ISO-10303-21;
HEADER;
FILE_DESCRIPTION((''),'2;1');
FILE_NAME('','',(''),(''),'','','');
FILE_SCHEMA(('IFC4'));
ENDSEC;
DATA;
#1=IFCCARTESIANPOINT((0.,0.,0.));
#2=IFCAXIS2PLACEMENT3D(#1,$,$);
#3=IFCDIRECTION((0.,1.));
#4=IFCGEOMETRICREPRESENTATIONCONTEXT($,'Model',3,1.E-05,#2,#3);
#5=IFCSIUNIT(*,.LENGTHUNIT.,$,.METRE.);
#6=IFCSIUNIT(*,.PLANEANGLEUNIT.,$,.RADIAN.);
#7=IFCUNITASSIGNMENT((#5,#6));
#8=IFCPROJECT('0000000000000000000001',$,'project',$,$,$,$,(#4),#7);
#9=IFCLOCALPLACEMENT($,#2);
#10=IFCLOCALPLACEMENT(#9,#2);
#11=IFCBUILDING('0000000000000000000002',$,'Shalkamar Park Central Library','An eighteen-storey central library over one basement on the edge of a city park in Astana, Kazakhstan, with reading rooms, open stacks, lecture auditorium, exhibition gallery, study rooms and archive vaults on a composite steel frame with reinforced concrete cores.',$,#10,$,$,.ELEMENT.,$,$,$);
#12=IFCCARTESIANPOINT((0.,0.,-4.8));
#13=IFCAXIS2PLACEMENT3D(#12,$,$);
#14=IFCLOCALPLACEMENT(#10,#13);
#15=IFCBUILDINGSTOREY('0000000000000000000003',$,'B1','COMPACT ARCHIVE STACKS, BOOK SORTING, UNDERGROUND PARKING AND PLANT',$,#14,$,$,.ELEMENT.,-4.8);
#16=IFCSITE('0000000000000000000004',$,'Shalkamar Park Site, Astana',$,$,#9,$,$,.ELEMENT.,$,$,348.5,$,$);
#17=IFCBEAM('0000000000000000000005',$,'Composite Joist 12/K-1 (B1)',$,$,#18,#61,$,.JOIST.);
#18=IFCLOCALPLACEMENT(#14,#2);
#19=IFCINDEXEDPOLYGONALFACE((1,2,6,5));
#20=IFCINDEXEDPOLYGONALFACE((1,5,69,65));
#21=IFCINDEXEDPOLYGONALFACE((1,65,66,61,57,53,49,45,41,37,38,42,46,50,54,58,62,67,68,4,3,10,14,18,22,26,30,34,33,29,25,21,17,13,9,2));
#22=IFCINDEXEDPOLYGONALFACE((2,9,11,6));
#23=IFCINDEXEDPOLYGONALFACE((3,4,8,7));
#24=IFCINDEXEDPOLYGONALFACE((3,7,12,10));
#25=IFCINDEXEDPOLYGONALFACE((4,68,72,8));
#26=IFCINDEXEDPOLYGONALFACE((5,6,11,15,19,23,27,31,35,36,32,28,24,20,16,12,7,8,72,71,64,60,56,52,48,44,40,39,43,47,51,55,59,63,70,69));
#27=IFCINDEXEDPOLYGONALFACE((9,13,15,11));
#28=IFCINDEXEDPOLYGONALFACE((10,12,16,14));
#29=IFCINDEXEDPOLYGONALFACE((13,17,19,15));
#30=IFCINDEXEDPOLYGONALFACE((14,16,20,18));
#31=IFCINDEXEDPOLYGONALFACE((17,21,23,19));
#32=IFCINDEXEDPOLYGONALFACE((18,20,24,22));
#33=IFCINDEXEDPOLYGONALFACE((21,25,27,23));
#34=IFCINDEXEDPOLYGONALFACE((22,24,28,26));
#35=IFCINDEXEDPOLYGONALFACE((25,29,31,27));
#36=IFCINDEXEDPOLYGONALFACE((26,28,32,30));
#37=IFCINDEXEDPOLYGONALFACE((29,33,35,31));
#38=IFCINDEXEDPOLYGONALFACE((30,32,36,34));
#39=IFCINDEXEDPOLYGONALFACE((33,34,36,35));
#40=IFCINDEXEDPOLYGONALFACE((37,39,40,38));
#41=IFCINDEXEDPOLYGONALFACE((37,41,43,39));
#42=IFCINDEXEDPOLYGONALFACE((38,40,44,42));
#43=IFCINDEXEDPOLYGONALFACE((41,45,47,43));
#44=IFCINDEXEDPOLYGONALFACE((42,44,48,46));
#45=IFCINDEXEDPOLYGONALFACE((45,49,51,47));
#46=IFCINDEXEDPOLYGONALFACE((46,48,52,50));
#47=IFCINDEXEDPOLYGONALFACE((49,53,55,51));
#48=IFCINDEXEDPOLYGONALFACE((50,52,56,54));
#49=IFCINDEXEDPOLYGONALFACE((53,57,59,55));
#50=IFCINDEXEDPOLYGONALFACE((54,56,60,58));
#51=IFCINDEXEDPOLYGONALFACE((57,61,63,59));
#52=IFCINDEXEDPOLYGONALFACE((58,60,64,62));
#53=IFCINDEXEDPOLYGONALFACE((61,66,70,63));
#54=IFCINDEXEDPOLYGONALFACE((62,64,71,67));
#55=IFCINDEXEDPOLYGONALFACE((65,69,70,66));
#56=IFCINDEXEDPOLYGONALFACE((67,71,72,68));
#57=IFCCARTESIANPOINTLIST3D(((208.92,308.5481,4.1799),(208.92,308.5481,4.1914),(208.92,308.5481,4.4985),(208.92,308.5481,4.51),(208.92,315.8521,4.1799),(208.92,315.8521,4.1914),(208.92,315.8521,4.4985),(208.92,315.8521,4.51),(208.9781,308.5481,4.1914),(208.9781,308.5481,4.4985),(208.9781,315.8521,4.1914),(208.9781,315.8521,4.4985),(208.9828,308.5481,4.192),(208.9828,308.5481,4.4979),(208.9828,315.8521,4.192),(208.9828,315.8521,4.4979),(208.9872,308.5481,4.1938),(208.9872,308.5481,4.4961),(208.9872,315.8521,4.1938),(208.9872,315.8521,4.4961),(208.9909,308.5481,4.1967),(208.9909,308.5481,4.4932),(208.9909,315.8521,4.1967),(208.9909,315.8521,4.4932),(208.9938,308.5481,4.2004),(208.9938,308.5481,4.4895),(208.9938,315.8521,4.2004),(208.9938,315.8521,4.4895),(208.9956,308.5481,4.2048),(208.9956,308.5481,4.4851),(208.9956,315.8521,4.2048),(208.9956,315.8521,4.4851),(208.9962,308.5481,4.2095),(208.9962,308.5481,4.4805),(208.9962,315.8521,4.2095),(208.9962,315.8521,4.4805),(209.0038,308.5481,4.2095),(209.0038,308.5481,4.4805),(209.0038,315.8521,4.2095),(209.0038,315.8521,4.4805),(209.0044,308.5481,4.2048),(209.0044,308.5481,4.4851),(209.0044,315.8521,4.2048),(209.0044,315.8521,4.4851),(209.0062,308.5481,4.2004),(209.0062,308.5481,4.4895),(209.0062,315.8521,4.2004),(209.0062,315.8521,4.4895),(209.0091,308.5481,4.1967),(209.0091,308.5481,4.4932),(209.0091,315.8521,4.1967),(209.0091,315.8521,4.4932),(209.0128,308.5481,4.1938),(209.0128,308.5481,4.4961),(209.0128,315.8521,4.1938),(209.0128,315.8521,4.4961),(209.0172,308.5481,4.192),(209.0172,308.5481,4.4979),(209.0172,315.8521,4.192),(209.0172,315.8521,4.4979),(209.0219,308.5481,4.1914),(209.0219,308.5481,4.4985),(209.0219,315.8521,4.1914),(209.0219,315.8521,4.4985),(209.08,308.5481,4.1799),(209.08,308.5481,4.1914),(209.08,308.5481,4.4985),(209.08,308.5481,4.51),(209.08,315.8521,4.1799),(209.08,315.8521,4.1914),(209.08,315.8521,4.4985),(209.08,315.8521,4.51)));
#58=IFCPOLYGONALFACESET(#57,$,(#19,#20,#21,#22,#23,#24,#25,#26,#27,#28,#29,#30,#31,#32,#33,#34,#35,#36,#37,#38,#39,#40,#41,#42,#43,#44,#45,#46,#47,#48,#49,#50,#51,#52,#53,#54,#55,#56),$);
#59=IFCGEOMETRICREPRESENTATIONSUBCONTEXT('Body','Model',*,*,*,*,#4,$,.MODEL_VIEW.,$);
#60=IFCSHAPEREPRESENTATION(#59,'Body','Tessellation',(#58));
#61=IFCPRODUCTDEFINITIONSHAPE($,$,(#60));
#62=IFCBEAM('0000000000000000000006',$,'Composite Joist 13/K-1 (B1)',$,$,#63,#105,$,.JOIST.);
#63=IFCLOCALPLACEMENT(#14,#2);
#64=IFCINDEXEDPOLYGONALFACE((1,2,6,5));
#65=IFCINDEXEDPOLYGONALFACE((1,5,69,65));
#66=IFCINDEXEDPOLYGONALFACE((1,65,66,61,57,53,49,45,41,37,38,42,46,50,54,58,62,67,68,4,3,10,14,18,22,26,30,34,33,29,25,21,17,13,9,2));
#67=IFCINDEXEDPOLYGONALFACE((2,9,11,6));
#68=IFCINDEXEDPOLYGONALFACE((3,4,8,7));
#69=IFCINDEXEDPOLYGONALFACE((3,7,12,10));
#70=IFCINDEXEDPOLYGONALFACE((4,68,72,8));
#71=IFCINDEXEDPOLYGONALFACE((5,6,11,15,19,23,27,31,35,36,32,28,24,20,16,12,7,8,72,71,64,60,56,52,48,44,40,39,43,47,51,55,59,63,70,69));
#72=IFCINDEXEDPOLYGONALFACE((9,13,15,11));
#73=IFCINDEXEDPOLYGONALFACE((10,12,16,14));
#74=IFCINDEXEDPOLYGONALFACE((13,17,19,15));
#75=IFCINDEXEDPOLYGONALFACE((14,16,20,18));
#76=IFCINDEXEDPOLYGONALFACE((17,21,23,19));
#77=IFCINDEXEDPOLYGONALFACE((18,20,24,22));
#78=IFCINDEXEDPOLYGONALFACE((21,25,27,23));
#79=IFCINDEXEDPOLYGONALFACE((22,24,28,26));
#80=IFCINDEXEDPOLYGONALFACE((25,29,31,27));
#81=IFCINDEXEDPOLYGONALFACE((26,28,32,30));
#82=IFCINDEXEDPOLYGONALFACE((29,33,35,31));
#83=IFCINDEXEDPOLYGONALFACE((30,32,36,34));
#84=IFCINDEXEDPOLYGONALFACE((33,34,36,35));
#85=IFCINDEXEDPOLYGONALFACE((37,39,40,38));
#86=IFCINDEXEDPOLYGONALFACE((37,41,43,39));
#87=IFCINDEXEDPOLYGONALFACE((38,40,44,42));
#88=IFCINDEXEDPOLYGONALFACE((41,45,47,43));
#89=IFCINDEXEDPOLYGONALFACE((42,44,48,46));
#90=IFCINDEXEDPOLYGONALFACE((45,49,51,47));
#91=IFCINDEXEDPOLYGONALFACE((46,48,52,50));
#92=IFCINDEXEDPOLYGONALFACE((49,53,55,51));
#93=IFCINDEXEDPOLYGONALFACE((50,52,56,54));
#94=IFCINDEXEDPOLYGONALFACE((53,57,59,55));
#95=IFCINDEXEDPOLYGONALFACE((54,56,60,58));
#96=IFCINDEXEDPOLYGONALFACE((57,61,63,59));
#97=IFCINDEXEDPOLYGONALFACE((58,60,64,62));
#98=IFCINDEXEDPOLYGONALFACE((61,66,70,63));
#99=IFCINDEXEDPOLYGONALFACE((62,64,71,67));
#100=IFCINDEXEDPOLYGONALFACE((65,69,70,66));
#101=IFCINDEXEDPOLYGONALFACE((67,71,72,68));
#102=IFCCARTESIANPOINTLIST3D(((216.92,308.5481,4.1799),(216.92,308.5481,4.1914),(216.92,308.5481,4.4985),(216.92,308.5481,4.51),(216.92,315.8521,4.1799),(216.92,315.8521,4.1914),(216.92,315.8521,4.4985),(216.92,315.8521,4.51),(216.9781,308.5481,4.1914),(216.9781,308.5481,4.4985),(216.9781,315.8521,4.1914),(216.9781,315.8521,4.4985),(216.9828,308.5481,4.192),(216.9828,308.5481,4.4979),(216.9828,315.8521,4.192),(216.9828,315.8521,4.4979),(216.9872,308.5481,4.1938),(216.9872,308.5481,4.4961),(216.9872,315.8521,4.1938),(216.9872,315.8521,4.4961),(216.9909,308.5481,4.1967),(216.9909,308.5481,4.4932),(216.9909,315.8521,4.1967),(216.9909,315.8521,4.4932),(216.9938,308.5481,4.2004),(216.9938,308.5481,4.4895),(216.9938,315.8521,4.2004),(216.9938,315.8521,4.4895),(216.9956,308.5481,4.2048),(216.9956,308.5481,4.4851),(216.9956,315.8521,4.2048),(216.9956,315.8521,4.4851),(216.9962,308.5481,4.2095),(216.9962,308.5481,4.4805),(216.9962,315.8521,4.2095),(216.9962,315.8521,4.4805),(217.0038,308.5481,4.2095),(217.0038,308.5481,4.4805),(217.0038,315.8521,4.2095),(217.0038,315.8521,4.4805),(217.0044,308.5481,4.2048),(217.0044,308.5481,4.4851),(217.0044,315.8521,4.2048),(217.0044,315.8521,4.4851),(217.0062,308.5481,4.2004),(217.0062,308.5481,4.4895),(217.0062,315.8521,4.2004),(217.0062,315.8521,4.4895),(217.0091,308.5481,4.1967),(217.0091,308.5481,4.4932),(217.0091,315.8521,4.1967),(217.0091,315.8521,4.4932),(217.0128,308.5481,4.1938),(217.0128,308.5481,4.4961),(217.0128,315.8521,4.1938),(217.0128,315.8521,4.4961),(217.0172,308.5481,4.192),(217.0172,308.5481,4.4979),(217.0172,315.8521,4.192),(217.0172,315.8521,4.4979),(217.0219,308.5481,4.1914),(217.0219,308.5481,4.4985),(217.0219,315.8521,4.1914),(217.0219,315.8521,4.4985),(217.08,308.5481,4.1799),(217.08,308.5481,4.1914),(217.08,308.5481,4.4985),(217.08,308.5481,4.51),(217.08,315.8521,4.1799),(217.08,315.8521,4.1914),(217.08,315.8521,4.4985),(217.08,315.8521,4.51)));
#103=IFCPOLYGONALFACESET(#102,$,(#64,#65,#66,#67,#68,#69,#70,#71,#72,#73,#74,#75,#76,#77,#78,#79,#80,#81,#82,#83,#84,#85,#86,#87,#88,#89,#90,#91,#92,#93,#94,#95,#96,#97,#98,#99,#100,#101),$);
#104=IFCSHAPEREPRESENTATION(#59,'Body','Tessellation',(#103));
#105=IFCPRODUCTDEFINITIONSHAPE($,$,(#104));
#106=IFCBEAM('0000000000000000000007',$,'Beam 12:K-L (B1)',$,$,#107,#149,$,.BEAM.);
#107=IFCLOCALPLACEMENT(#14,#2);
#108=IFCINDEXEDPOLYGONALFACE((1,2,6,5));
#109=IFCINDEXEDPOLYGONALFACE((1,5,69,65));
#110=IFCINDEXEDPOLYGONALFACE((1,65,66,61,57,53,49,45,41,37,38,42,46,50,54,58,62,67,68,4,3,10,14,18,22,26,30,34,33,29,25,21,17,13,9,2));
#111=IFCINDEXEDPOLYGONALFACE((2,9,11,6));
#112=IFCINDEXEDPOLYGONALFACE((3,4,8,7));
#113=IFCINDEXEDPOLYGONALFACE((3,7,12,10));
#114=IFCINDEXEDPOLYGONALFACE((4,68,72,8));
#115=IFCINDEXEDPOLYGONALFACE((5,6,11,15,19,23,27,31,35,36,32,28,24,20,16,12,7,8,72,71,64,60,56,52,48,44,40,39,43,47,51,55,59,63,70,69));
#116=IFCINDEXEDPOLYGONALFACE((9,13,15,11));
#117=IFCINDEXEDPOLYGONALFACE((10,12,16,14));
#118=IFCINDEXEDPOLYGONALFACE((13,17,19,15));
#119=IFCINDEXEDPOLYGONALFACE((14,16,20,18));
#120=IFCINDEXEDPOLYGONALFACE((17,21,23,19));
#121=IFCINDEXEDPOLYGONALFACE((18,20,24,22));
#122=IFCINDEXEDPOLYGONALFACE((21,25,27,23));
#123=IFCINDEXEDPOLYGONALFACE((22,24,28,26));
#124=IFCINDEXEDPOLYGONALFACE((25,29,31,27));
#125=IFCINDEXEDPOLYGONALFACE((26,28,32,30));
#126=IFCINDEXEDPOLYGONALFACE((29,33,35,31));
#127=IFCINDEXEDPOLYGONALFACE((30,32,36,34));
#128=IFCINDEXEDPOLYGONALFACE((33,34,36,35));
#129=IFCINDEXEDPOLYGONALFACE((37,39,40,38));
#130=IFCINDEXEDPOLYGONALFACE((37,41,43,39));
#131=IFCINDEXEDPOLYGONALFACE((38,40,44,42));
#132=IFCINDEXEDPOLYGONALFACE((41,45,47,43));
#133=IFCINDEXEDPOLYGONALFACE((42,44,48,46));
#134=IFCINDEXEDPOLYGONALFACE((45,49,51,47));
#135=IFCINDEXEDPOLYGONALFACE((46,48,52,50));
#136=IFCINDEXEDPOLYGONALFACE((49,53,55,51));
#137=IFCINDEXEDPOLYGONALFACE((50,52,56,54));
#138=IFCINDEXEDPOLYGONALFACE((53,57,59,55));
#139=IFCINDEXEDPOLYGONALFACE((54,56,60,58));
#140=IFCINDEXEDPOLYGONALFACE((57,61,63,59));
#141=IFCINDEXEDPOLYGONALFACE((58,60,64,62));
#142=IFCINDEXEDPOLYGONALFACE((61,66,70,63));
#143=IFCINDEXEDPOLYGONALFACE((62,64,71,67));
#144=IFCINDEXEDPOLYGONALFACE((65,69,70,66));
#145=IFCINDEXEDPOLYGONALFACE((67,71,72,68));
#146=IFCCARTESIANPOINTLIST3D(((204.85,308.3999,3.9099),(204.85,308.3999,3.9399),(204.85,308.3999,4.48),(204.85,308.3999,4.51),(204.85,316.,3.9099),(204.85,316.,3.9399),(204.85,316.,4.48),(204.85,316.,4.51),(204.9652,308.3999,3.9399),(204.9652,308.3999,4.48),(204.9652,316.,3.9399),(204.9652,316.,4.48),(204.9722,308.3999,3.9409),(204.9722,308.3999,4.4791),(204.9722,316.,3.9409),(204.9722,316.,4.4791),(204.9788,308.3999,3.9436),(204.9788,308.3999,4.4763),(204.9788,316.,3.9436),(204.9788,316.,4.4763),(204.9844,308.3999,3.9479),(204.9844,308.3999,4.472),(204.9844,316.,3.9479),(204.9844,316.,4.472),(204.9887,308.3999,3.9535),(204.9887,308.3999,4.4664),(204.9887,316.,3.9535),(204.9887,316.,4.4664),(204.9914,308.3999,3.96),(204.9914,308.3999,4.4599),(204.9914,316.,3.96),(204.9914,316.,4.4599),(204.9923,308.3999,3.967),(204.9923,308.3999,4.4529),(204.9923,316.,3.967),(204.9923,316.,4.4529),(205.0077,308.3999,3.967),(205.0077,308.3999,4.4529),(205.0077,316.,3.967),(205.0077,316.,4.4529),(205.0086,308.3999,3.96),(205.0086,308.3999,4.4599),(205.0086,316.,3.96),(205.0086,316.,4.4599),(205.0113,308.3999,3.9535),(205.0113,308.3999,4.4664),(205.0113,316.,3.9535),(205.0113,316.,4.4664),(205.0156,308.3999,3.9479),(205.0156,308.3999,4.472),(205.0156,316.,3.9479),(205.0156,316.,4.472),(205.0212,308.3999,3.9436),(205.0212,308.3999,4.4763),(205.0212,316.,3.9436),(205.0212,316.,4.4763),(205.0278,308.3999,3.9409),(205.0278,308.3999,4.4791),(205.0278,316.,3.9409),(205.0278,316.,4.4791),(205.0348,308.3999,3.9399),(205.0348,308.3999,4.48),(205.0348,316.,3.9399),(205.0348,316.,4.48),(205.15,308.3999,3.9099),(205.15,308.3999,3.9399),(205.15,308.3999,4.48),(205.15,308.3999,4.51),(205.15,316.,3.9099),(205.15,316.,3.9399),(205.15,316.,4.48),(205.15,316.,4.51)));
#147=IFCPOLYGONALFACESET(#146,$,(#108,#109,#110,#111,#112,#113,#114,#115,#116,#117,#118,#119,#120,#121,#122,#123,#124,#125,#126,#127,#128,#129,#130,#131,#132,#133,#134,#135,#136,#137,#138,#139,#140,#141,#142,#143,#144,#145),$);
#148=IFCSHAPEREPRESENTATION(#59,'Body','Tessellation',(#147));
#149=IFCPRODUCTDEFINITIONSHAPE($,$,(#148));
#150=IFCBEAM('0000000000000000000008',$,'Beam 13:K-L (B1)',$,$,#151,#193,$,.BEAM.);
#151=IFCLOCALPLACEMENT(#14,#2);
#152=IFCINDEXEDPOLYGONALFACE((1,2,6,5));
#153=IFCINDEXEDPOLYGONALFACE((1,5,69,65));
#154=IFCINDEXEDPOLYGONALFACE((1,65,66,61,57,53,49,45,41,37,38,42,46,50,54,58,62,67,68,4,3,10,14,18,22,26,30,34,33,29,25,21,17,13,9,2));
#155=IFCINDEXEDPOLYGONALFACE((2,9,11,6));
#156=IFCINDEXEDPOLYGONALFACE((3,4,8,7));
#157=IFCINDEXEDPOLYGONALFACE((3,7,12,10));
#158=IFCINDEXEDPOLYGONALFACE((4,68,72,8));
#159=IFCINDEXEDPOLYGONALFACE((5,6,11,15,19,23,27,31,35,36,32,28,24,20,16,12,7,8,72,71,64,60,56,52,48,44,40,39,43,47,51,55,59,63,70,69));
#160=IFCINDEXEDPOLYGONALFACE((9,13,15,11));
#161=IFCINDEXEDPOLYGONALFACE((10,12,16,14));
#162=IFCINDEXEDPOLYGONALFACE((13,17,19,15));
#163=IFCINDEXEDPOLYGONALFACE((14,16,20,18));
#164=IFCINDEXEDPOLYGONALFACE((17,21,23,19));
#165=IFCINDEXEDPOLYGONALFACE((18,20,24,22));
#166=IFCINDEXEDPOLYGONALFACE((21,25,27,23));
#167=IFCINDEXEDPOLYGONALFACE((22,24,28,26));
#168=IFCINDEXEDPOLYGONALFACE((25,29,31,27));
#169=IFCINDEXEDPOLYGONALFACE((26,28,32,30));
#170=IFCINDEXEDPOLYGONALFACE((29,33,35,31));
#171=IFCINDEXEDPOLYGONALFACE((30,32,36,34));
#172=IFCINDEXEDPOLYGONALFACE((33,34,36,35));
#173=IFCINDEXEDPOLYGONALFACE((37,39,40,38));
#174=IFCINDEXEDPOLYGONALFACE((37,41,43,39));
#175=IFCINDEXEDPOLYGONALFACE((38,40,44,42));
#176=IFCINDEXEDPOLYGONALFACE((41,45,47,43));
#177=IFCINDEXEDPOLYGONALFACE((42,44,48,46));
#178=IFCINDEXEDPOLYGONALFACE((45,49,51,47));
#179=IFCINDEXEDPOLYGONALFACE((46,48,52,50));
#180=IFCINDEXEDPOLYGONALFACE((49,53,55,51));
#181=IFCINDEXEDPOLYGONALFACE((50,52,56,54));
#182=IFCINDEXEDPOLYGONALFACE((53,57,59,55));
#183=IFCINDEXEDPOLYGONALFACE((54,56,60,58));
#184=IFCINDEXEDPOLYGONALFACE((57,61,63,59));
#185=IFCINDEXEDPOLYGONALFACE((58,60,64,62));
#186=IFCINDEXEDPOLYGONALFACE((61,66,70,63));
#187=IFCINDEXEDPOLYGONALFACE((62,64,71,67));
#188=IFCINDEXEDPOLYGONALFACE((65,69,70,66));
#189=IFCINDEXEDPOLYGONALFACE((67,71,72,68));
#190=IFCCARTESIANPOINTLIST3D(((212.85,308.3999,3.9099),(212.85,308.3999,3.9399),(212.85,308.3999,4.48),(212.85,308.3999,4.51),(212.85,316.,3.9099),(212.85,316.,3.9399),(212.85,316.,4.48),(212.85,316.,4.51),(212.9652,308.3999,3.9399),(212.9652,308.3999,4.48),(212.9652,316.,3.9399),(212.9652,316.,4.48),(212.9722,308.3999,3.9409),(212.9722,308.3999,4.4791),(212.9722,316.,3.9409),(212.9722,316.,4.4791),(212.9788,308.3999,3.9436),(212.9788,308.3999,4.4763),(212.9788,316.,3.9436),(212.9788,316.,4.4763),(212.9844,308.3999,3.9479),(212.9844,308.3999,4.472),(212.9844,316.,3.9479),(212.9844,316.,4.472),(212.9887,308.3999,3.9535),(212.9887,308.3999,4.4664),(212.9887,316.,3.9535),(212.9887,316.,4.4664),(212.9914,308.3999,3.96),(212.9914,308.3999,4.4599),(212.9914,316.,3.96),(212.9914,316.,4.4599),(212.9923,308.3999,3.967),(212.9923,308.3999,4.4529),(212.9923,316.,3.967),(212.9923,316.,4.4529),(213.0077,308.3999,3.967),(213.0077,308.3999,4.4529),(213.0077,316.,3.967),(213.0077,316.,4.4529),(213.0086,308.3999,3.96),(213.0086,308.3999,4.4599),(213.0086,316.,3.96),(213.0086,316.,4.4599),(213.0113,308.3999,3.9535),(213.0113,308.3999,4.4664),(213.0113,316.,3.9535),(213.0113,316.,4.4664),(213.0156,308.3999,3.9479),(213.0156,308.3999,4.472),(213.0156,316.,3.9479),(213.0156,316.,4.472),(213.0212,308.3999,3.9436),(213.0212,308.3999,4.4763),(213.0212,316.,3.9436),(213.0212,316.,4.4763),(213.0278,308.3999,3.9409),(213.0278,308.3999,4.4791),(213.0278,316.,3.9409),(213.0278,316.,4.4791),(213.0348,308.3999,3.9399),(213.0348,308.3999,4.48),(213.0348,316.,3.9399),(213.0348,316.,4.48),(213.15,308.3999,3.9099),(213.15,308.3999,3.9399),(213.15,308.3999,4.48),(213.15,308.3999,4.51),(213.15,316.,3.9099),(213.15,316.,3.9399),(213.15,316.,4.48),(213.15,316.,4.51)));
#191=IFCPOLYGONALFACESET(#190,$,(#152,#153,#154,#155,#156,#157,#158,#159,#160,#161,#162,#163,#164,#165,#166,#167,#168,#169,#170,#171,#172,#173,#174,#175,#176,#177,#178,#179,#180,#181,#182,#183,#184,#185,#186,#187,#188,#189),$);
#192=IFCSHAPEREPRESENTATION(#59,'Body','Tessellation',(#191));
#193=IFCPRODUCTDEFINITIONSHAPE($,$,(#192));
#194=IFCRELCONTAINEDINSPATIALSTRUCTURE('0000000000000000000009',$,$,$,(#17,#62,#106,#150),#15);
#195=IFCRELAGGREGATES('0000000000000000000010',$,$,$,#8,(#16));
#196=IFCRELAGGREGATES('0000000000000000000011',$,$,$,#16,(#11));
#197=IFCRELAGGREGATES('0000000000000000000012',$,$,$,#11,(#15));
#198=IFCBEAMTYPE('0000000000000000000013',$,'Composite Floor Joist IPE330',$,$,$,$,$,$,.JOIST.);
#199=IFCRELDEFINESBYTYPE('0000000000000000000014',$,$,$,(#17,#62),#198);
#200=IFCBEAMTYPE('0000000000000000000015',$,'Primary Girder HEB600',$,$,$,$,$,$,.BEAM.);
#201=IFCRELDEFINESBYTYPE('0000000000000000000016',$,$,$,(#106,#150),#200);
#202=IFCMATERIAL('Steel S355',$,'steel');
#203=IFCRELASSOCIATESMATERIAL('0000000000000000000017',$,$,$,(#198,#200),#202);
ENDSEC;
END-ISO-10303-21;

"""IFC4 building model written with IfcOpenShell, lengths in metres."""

from ifc_helpers import new_model, si_unit, direction, frame, origin, origin_2d, place, context, subcontext, project, spatial, i_section, extrude, material, material_profile, profile_set, type_object, element, save


model = new_model("IFC4")

# Units and contexts
model_context = context("Model", 3, precision=1e-05, world=origin(), true_north=direction((0.0, 1.0)))
body_context = subcontext(model_context, "Body", "Model", "MODEL_VIEW")
ifc_project = project(units=[si_unit("LENGTHUNIT", "METRE"), si_unit("PLANEANGLEUNIT", "RADIAN")], contexts=[model_context])

# Site, building, storey
site_placement = place(None, origin())
site = spatial("IfcSite", under=ifc_project, at=site_placement, Name="Shalkamar Park Site, Astana", CompositionType="ELEMENT", RefElevation=348.5)
building_placement = place(site_placement, origin())
building = spatial("IfcBuilding", under=site, at=building_placement, Name="Shalkamar Park Central Library", Description="An eighteen-storey central library over one basement on the edge of a city park in Astana, Kazakhstan, with reading rooms, open stacks, lecture auditorium, exhibition gallery, study rooms and archive vaults on a composite steel frame with reinforced concrete cores.", CompositionType="ELEMENT")
storey_placement = place(building_placement, frame((0.0, 0.0, -4.8)))
storey = spatial("IfcBuildingStorey", under=building, at=storey_placement, Name="B1", Description="COMPACT ARCHIVE STACKS, BOOK SORTING, UNDERGROUND PARKING AND PLANT", CompositionType="ELEMENT", Elevation=-4.8)

# Shared definitions
ifc_material_1 = material(Name="Steel S355", Category="steel")

# Beams
ifc_material_profile_1 = material_profile(ifc_material_1, i_section(OverallWidth=0.1599, OverallDepth=0.3301, WebThickness=0.0076, FlangeThickness=0.0115, FilletRadius=0.0181, at=origin_2d()), Name="IPE 330")
ifc_profile_set_1 = profile_set([ifc_material_profile_1], Name="Steel S355")
beam_type_1 = type_object("IfcBeamType", Name="Composite Floor Joist IPE330", PredefinedType="JOIST", material=ifc_profile_set_1)
for number, where, z_axis, x_axis, name in (
    (1, (209.0, 308.5481, 4.345), (0.0, 1.0, 0.0), (-1.0, 0.0, 0.0), "Composite Joist 12/K-1 (B1)"),
    (2, (217.0, 308.5481, 4.345), (0.0, 1.0, 0.0), (-1.0, 0.0, 0.0), "Composite Joist 13/K-1 (B1)"),
):
    element("IfcBeam", number, at=place(storey_placement, frame(where, z_axis=z_axis, x_axis=x_axis)), inside=storey, type_object=beam_type_1, Name=name, PredefinedType="JOIST", context=body_context, shape_type="SweptSolid", body=[
        extrude(i_section(OverallWidth=0.1599, OverallDepth=0.3301, WebThickness=0.0076, FlangeThickness=0.0115, FilletRadius=0.0181, at=origin_2d()), origin(), (0.0, 0.0, 1.0), 7.304),
    ])
ifc_material_profile_2 = material_profile(ifc_material_1, i_section(OverallWidth=0.3, OverallDepth=0.6001, WebThickness=0.0154, FlangeThickness=0.03, FilletRadius=0.0271, at=origin_2d()), Name="HEB 600")
ifc_profile_set_2 = profile_set([ifc_material_profile_2], Name="Steel S355")
beam_type_2 = type_object("IfcBeamType", Name="Primary Girder HEB600", PredefinedType="BEAM", material=ifc_profile_set_2)
for number, where, z_axis, x_axis, name in (
    (3, (205.0, 308.3999, 4.21), (0.0, 1.0, 0.0), (-1.0, 0.0, 0.0), "Beam 12:K-L (B1)"),
    (4, (213.0, 308.3999, 4.21), (0.0, 1.0, 0.0), (-1.0, 0.0, 0.0), "Beam 13:K-L (B1)"),
):
    element("IfcBeam", number, at=place(storey_placement, frame(where, z_axis=z_axis, x_axis=x_axis)), inside=storey, type_object=beam_type_2, Name=name, PredefinedType="BEAM", context=body_context, shape_type="SweptSolid", body=[
        extrude(i_section(OverallWidth=0.3, OverallDepth=0.6001, WebThickness=0.0154, FlangeThickness=0.03, FilletRadius=0.0271, at=origin_2d()), origin(), (0.0, 0.0, 1.0), 7.6001),
    ])

save(model, "model.ifc")
